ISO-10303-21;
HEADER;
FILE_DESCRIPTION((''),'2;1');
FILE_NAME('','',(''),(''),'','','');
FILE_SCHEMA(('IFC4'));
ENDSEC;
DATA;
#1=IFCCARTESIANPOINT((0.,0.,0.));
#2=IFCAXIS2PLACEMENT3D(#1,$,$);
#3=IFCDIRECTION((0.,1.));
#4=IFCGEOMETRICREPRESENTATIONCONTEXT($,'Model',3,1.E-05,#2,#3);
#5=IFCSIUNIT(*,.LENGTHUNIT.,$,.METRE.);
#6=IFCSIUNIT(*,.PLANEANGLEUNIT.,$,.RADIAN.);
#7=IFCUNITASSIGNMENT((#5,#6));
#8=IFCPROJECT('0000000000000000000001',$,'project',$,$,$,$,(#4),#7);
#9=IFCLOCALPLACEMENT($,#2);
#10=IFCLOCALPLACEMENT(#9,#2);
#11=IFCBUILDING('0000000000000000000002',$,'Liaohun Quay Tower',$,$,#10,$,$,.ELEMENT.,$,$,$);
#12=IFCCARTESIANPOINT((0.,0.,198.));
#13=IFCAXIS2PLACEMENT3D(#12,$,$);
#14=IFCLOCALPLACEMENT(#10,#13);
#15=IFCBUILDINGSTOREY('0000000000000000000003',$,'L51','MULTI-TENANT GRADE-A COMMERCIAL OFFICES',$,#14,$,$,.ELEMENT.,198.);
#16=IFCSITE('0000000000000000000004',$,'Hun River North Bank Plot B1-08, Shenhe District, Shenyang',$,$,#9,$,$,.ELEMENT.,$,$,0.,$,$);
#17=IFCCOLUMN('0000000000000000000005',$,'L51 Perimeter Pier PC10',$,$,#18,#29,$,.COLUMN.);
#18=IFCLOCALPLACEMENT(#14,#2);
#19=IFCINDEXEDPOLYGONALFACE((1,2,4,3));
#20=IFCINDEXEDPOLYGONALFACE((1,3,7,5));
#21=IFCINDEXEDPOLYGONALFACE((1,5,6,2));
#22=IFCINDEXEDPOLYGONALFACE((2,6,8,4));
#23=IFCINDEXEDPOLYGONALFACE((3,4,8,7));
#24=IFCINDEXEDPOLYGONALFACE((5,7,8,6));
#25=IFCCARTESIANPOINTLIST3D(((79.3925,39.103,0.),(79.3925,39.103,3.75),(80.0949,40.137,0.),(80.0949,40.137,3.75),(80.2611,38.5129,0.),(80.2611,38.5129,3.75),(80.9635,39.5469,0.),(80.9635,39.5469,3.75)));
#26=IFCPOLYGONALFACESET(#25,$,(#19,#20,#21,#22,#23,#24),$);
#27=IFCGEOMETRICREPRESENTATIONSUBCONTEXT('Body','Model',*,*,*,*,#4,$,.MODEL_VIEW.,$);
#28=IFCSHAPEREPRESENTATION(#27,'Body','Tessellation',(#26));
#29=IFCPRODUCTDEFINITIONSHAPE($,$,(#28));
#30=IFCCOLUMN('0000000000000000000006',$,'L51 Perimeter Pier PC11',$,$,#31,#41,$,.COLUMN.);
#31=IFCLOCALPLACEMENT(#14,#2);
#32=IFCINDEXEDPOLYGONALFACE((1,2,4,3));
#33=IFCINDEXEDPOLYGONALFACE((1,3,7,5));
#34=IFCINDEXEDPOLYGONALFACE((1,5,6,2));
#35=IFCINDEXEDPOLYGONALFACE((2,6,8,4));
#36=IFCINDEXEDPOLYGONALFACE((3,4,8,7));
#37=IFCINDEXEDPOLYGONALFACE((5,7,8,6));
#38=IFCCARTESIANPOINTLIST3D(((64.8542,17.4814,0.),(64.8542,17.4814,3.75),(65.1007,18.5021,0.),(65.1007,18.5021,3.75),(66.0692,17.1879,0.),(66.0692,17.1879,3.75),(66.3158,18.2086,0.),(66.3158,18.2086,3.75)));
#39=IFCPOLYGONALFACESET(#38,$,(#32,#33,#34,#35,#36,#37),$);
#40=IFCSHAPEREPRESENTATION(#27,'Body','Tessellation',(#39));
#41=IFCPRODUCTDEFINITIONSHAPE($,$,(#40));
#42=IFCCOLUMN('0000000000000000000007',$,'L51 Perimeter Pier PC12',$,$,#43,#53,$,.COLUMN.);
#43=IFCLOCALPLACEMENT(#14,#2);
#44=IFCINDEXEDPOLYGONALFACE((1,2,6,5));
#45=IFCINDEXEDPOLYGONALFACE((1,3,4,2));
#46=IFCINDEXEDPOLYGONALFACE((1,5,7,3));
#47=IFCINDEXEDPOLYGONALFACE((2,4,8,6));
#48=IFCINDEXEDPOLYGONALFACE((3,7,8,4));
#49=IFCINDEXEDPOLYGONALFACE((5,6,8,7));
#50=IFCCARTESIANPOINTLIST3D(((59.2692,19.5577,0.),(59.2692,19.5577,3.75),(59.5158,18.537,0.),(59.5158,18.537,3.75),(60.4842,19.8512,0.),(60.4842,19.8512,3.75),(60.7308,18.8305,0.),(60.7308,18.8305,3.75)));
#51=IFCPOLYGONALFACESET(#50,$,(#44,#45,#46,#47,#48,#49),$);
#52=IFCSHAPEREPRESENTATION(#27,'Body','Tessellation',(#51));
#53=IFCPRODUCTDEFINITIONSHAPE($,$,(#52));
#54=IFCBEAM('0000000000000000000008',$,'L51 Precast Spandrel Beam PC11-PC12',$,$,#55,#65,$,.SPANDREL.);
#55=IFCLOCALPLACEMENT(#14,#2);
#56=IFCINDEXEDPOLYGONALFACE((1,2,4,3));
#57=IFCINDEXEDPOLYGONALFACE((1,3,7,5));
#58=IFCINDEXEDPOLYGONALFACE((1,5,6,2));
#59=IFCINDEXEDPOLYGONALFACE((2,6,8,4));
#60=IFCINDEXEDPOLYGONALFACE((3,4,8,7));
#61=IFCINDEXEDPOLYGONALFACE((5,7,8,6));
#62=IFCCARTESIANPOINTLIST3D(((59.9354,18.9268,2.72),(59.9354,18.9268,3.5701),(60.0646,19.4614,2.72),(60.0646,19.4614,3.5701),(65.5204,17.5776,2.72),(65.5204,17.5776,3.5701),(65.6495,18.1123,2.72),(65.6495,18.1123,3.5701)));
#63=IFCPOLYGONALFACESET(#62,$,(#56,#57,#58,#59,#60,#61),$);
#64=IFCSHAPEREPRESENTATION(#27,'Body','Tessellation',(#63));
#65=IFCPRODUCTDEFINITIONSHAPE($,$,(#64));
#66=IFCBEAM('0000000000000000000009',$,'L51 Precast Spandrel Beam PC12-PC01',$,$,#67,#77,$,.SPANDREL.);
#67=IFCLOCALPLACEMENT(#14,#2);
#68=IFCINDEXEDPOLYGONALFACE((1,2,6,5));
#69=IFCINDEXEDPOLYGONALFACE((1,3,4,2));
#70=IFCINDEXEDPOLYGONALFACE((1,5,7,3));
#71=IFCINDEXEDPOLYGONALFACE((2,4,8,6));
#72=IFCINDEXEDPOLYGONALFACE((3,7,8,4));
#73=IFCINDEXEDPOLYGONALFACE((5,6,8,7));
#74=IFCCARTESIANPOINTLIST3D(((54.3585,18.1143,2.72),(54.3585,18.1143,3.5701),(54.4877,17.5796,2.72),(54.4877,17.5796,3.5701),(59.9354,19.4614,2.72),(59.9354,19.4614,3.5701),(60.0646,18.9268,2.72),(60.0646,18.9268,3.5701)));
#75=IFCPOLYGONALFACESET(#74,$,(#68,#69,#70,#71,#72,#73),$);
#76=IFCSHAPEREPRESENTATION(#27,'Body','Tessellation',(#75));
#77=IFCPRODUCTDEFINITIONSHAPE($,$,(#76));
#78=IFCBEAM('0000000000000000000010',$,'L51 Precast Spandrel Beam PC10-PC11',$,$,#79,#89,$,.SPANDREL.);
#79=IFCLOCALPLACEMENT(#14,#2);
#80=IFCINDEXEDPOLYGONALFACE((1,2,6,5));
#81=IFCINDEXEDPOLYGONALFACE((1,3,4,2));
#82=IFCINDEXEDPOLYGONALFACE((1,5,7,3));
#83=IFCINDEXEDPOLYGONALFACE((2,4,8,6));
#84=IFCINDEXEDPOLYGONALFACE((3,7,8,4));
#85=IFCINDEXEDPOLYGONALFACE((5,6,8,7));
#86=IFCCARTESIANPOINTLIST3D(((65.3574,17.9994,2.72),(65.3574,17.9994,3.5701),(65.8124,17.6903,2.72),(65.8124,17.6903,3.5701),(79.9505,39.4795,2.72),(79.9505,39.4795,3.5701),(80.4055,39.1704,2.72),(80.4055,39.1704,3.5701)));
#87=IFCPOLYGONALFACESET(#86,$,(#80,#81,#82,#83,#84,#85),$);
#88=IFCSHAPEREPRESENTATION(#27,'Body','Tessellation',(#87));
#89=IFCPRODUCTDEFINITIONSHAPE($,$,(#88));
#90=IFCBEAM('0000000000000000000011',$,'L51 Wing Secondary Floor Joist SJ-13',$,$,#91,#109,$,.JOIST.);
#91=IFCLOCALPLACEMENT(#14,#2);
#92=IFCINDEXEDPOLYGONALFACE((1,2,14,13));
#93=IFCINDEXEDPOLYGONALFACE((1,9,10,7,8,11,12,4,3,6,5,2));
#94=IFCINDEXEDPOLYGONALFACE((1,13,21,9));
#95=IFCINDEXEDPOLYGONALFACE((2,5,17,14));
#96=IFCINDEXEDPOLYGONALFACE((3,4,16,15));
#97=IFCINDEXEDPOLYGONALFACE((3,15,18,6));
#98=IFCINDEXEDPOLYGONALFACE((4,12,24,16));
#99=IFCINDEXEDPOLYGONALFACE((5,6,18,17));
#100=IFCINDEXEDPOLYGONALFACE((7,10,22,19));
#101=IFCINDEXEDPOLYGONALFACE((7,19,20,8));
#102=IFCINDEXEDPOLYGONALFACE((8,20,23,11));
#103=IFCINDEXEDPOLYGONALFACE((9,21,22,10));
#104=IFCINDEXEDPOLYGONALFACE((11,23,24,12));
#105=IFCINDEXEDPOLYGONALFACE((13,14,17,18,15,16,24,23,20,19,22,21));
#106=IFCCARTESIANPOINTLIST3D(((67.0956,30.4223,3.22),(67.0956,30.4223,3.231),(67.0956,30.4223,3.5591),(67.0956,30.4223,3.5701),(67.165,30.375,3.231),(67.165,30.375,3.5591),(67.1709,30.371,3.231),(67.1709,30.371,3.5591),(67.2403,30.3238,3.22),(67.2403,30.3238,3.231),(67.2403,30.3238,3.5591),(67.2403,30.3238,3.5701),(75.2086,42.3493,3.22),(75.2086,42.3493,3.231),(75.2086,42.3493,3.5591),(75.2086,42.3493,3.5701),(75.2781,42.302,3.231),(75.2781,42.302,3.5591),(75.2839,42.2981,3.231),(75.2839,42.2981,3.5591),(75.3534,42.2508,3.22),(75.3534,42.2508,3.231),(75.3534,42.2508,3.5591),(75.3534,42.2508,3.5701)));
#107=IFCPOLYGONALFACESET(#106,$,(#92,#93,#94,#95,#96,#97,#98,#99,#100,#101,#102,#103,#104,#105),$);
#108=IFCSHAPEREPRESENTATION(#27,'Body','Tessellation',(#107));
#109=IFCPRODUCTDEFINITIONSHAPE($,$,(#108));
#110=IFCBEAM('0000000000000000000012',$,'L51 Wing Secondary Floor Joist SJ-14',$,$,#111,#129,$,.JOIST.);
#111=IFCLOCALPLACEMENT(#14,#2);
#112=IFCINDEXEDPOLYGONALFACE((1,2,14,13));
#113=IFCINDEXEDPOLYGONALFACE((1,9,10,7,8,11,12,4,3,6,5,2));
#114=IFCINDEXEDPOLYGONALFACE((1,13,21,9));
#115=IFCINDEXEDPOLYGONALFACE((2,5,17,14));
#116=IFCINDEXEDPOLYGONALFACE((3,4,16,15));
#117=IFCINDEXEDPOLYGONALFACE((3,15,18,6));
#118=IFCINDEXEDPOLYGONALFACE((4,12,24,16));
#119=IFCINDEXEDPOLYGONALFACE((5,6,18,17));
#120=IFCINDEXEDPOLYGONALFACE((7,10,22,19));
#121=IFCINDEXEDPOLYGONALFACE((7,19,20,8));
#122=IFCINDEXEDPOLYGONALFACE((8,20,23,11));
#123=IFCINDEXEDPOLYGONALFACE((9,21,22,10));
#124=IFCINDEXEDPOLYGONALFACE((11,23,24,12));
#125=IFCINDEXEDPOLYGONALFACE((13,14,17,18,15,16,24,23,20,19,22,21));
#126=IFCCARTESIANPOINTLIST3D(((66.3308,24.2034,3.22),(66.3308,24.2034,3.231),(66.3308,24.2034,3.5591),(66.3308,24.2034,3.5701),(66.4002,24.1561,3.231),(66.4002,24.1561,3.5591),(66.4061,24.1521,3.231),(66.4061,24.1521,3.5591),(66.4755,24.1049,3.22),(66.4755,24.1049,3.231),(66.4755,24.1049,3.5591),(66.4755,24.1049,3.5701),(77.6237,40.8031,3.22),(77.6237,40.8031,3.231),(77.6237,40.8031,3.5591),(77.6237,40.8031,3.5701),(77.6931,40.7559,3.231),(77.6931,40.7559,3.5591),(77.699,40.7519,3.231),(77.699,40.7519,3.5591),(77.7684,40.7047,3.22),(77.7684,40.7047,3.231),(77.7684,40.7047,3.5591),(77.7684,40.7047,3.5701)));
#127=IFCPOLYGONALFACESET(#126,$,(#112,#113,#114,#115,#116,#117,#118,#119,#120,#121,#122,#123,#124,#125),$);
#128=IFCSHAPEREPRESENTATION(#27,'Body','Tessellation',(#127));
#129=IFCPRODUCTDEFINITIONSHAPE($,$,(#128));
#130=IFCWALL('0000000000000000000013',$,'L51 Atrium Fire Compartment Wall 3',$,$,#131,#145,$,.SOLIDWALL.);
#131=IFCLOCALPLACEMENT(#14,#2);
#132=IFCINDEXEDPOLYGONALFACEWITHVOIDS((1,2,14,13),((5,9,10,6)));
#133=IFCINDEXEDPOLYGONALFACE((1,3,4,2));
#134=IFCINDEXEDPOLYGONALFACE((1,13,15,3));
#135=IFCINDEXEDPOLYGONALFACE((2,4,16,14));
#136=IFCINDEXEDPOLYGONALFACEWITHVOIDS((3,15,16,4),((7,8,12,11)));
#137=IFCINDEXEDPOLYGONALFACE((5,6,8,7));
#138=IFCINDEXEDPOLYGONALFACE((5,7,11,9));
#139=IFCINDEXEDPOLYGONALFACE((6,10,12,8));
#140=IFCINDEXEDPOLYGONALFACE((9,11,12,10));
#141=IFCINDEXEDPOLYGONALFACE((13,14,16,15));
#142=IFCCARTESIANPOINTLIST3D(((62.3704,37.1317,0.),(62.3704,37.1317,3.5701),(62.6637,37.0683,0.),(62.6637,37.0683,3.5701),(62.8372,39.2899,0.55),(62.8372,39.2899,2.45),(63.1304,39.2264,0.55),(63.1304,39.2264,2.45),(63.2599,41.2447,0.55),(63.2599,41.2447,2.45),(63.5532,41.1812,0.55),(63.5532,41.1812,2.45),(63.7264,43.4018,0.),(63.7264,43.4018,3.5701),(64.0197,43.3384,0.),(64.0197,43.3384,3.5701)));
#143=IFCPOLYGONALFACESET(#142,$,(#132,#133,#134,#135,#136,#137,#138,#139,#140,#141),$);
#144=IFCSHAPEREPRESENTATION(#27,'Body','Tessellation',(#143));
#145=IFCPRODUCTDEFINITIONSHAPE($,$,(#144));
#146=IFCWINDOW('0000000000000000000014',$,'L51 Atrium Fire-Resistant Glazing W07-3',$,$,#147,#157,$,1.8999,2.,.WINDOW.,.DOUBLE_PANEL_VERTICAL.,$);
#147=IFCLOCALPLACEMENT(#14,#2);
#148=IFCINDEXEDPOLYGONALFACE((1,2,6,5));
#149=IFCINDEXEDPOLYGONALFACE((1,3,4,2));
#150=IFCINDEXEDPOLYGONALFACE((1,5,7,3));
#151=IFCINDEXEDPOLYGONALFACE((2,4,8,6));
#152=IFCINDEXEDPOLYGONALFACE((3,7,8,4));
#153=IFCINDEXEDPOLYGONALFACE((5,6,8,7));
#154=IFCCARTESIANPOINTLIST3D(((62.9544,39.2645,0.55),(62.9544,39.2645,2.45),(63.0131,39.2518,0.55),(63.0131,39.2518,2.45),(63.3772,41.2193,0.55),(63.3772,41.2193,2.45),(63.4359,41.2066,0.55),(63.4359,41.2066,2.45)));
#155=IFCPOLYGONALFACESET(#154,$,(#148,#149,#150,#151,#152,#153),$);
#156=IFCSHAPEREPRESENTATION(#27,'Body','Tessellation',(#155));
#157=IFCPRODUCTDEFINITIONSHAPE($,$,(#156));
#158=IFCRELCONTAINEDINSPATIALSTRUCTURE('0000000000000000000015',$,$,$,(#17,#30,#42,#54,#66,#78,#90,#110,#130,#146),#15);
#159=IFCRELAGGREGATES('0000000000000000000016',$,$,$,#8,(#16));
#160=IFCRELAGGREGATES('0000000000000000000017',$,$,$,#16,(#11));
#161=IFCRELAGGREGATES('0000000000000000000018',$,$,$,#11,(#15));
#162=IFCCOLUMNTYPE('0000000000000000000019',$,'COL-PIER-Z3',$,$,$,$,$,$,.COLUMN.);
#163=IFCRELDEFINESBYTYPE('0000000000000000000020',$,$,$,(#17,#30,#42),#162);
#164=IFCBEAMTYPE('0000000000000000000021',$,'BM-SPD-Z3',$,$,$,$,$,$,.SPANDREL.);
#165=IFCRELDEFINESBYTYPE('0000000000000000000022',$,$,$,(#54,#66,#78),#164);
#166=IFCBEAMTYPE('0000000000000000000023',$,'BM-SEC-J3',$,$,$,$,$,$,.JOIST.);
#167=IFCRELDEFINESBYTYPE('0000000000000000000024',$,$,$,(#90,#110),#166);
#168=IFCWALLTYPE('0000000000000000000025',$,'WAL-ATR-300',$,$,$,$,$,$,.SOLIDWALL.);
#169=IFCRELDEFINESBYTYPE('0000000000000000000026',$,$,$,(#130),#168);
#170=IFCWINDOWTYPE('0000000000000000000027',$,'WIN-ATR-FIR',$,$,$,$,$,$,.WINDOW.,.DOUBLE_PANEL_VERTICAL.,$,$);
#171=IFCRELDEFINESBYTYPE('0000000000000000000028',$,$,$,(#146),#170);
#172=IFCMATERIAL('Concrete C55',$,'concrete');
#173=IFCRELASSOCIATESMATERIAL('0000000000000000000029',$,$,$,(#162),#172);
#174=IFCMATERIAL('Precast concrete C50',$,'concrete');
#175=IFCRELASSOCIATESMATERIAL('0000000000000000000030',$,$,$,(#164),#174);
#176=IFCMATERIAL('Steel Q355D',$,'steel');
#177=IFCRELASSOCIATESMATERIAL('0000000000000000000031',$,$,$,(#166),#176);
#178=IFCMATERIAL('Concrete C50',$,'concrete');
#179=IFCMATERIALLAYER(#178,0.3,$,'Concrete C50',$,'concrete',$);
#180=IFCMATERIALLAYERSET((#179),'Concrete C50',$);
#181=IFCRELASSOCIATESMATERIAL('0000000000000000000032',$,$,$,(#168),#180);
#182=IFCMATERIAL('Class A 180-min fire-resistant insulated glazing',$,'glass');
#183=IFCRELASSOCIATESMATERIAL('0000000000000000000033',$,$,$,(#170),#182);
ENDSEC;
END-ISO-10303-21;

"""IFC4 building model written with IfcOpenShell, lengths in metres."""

from ifc_helpers import new_model, si_unit, direction, frame, frame_2d, origin, origin_2d, place, context, subcontext, project, spatial, rectangle, i_section, extrude, source, transform, mapped, material, layer, layer_set, material_profile, profile_set, type_object, element, fill, save


model = new_model("IFC4")

# Units and contexts
model_context = context("Model", 3, precision=1e-05, world=origin(), true_north=direction((0.0, 1.0)))
body_context = subcontext(model_context, "Body", "Model", "MODEL_VIEW")
ifc_project = project(units=[si_unit("LENGTHUNIT", "METRE"), si_unit("PLANEANGLEUNIT", "RADIAN")], contexts=[model_context])

# Site, building, storey
site_placement = place(None, origin())
site = spatial("IfcSite", under=ifc_project, at=site_placement, Name="Hun River North Bank Plot B1-08, Shenhe District, Shenyang", CompositionType="ELEMENT", RefElevation=0.0)
building_placement = place(site_placement, origin())
building = spatial("IfcBuilding", under=site, at=building_placement, Name="Liaohun Quay Tower", CompositionType="ELEMENT")
storey_placement = place(building_placement, frame((0.0, 0.0, 198.0)))
storey = spatial("IfcBuildingStorey", under=building, at=storey_placement, Name="L51", Description="MULTI-TENANT GRADE-A COMMERCIAL OFFICES", CompositionType="ELEMENT", Elevation=198.0)

# Columns
ifc_material_1 = material(Name="Concrete C55", Category="concrete")
ifc_material_profile_1 = material_profile(ifc_material_1, rectangle(XDim=1.25, YDim=1.05, at=origin_2d()), Name="RC1250x1050")
ifc_profile_set_1 = profile_set([ifc_material_profile_1], Name="Concrete C55")
column_type = type_object("IfcColumnType", Name="COL-PIER-Z3", PredefinedType="COLUMN", material=ifc_profile_set_1)
shared_shape_1 = source(origin(), body_context, "Body", "SweptSolid", [
    extrude(rectangle(XDim=1.25, YDim=1.05, at=origin_2d()), origin(), (0.0, 0.0, 1.0), 3.75),
])
for number, where, z_axis, x_axis, name in (
    (1, (80.178, 39.325, 0.0), (0.0, 0.0, 1.0), (0.561939, 0.827179, 0.0), "L51 Perimeter Pier PC10"),
    (2, (65.585, 17.845, 0.0), (0.0, 0.0, 1.0), (-0.972043, 0.234803, 0.0), "L51 Perimeter Pier PC11"),
    (3, (60.0, 19.1941, 0.0), (0.0, 0.0, 1.0), (0.972043, 0.234803, 0.0), "L51 Perimeter Pier PC12"),
):
    element("IfcColumn", number, at=place(storey_placement, frame(where, z_axis=z_axis, x_axis=x_axis)), inside=storey, type_object=column_type, Name=name, PredefinedType="COLUMN", context=body_context, shape_type="MappedRepresentation", body=[
        mapped(shared_shape_1, transform((0.0, 0.0, 0.0), x_axis=(1.0, 0.0, 0.0), y_axis=(0.0, 1.0, 0.0), z_axis=(0.0, 0.0, 1.0), scale=1.0)),
    ])

# Beams
ifc_material_2 = material(Name="Precast concrete C50", Category="concrete")
ifc_material_profile_2 = material_profile(ifc_material_2, rectangle(XDim=0.55, YDim=0.8501, at=origin_2d()), Name="RC550x850")
ifc_profile_set_2 = profile_set([ifc_material_profile_2], Name="Precast concrete C50")
beam_type_1 = type_object("IfcBeamType", Name="BM-SPD-Z3", PredefinedType="SPANDREL", material=ifc_profile_set_2)
shared_shape_2 = source(origin(), body_context, "Body", "SweptSolid", [
    extrude(rectangle(XDim=0.55, YDim=0.8501, at=origin_2d()), origin(), (0.0, 0.0, 1.0), 5.7456),
])
beam_1_placement = place(storey_placement, frame((65.585, 17.845, 3.145), z_axis=(-0.972041, 0.234809, 0.0), x_axis=(-0.234809, -0.972041, 0.0)))
element("IfcBeam", 4, at=beam_1_placement, inside=storey, type_object=beam_type_1, Name="L51 Precast Spandrel Beam PC11-PC12", PredefinedType="SPANDREL", context=body_context, shape_type="MappedRepresentation", body=[
    mapped(shared_shape_2, transform((0.0, 0.0, 0.0), x_axis=(1.0, 0.0, 0.0), y_axis=(0.0, 1.0, 0.0), z_axis=(0.0, 0.0, 1.0), scale=1.0)),
])
shared_shape_3 = source(origin(), body_context, "Body", "SweptSolid", [
    extrude(rectangle(XDim=0.55, YDim=0.8501, at=origin_2d()), origin(), (0.0, 0.0, 1.0), 5.7373),
])
beam_2_placement = place(storey_placement, frame((60.0, 19.1941, 3.145), z_axis=(-0.972042, -0.234808, 0.0), x_axis=(0.234808, -0.972042, 0.0)))
element("IfcBeam", 5, at=beam_2_placement, inside=storey, type_object=beam_type_1, Name="L51 Precast Spandrel Beam PC12-PC01", PredefinedType="SPANDREL", context=body_context, shape_type="MappedRepresentation", body=[
    mapped(shared_shape_3, transform((0.0, 0.0, 0.0), x_axis=(1.0, 0.0, 0.0), y_axis=(0.0, 1.0, 0.0), z_axis=(0.0, 0.0, 1.0), scale=1.0)),
])
shared_shape_4 = source(origin(), body_context, "Body", "SweptSolid", [
    extrude(rectangle(XDim=0.55, YDim=0.8501, at=origin_2d()), origin(), (0.0, 0.0, 1.0), 25.9683),
])
beam_3_placement = place(storey_placement, frame((80.178, 39.325, 3.145), z_axis=(-0.561958, -0.827166, 0.0), x_axis=(0.827166, -0.561958, 0.0)))
element("IfcBeam", 6, at=beam_3_placement, inside=storey, type_object=beam_type_1, Name="L51 Precast Spandrel Beam PC10-PC11", PredefinedType="SPANDREL", context=body_context, shape_type="MappedRepresentation", body=[
    mapped(shared_shape_4, transform((0.0, 0.0, 0.0), x_axis=(1.0, 0.0, 0.0), y_axis=(0.0, 1.0, 0.0), z_axis=(0.0, 0.0, 1.0), scale=1.0)),
])
ifc_material_3 = material(Name="Steel Q355D", Category="steel")
ifc_material_profile_3 = material_profile(ifc_material_3, i_section(OverallWidth=0.175, OverallDepth=0.3501, WebThickness=0.0071, FlangeThickness=0.011, at=origin_2d()), Name="HN350x175x7x11")
ifc_profile_set_3 = profile_set([ifc_material_profile_3], Name="Steel Q355D")
beam_type_2 = type_object("IfcBeamType", Name="BM-SEC-J3", PredefinedType="JOIST", material=ifc_profile_set_3)
shared_shape_5 = source(origin(), body_context, "Body", "SweptSolid", [
    extrude(i_section(OverallWidth=0.175, OverallDepth=0.3501, WebThickness=0.0071, FlangeThickness=0.011, at=origin_2d()), origin(), (0.0, 0.0, 1.0), 14.4248),
])
beam_4_placement = place(storey_placement, frame((75.281, 42.3, 3.395), z_axis=(-0.562437, -0.82684, 0.0), x_axis=(0.82684, -0.562437, 0.0)))
element("IfcBeam", 7, at=beam_4_placement, inside=storey, type_object=beam_type_2, Name="L51 Wing Secondary Floor Joist SJ-13", PredefinedType="JOIST", context=body_context, shape_type="MappedRepresentation", body=[
    mapped(shared_shape_5, transform((0.0, 0.0, 0.0), x_axis=(1.0, 0.0, 0.0), y_axis=(0.0, 1.0, 0.0), z_axis=(0.0, 0.0, 1.0), scale=1.0)),
])
shared_shape_6 = source(origin(), body_context, "Body", "SweptSolid", [
    extrude(i_section(OverallWidth=0.175, OverallDepth=0.3501, WebThickness=0.0071, FlangeThickness=0.011, at=origin_2d()), origin(), (0.0, 0.0, 1.0), 20.0769),
])
beam_5_placement = place(storey_placement, frame((77.696, 40.7539, 3.395), z_axis=(-0.562483, -0.826809, 0.0), x_axis=(0.826809, -0.562483, 0.0)))
element("IfcBeam", 8, at=beam_5_placement, inside=storey, type_object=beam_type_2, Name="L51 Wing Secondary Floor Joist SJ-14", PredefinedType="JOIST", context=body_context, shape_type="MappedRepresentation", body=[
    mapped(shared_shape_6, transform((0.0, 0.0, 0.0), x_axis=(1.0, 0.0, 0.0), y_axis=(0.0, 1.0, 0.0), z_axis=(0.0, 0.0, 1.0), scale=1.0)),
])

# Wall, opening, window
ifc_material_4 = material(Name="Concrete C50", Category="concrete")
ifc_layer_1 = layer(ifc_material_4, 0.3, Name="Concrete C50", Category="concrete")
ifc_layer_set_1 = layer_set([ifc_layer_1], Name="Concrete C50")
wall_type_1 = type_object("IfcWallType", Name="WAL-ATR-300", PredefinedType="SOLIDWALL", material=ifc_layer_set_1)
wall_1_placement = place(storey_placement, frame((63.873, 43.3701, 0.0), z_axis=(0.0, 0.0, 1.0), x_axis=(-0.211374, -0.977405, 0.0)))
wall_1 = element("IfcWall", 9, at=wall_1_placement, inside=storey, type_object=wall_type_1, Name="L51 Atrium Fire Compartment Wall 3", PredefinedType="SOLIDWALL", context=body_context, shape_type="SweptSolid", body=[
    extrude(rectangle(XDim=6.415, YDim=0.3, at=frame_2d((3.2075, 0.0))), origin(), (0.0, 0.0, 1.0), 3.5701),
])
shared_shape_7 = source(origin(), body_context, "Body", "SweptSolid", [
    extrude(rectangle(XDim=2.0, YDim=1.8999, at=frame_2d((1.0, 0.95))), frame((0.0, 0.1599, 0.0), z_axis=(0.0, -1.0, 0.0), x_axis=(1.0, 0.0, 0.0)), (0.0, 0.0, 1.0), 0.3201),
])
opening_1_placement = place(wall_1_placement, frame((2.207, 0.0, 0.55)))
opening_1 = element("IfcOpeningElement", 10, at=opening_1_placement, cuts=wall_1, PredefinedType="OPENING", context=body_context, shape_type="MappedRepresentation", body=[
    mapped(shared_shape_7, transform((0.0, 0.0, 0.0), x_axis=(1.0, 0.0, 0.0), y_axis=(0.0, 1.0, 0.0), z_axis=(0.0, 0.0, 1.0), scale=1.0)),
])
ifc_material_5 = material(Name="Class A 180-min fire-resistant insulated glazing", Category="glass")
window_type_1 = type_object("IfcWindowType", Name="WIN-ATR-FIR", PartitioningType="DOUBLE_PANEL_VERTICAL", PredefinedType="WINDOW", material=ifc_material_5)
shared_shape_8 = source(origin(), body_context, "Body", "SweptSolid", [
    extrude(rectangle(XDim=2.0, YDim=1.8999, at=frame_2d((1.0, 0.95))), frame((0.0, 0.03, 0.0), z_axis=(0.0, -1.0, 0.0), x_axis=(1.0, 0.0, 0.0)), (0.0, 0.0, 1.0), 0.0601),
])
window_1_placement = place(opening_1_placement, origin())
window_1 = element("IfcWindow", 11, at=window_1_placement, inside=storey, type_object=window_type_1, Name="L51 Atrium Fire-Resistant Glazing W07-3", OverallHeight=1.8999, OverallWidth=2.0, PartitioningType="DOUBLE_PANEL_VERTICAL", PredefinedType="WINDOW", context=body_context, shape_type="MappedRepresentation", body=[
    mapped(shared_shape_8, transform((0.0, 0.0, 0.0), x_axis=(1.0, 0.0, 0.0), y_axis=(0.0, 1.0, 0.0), z_axis=(0.0, 0.0, 1.0), scale=1.0)),
])
fill(opening_1, window_1)

save(model, "model.ifc")
